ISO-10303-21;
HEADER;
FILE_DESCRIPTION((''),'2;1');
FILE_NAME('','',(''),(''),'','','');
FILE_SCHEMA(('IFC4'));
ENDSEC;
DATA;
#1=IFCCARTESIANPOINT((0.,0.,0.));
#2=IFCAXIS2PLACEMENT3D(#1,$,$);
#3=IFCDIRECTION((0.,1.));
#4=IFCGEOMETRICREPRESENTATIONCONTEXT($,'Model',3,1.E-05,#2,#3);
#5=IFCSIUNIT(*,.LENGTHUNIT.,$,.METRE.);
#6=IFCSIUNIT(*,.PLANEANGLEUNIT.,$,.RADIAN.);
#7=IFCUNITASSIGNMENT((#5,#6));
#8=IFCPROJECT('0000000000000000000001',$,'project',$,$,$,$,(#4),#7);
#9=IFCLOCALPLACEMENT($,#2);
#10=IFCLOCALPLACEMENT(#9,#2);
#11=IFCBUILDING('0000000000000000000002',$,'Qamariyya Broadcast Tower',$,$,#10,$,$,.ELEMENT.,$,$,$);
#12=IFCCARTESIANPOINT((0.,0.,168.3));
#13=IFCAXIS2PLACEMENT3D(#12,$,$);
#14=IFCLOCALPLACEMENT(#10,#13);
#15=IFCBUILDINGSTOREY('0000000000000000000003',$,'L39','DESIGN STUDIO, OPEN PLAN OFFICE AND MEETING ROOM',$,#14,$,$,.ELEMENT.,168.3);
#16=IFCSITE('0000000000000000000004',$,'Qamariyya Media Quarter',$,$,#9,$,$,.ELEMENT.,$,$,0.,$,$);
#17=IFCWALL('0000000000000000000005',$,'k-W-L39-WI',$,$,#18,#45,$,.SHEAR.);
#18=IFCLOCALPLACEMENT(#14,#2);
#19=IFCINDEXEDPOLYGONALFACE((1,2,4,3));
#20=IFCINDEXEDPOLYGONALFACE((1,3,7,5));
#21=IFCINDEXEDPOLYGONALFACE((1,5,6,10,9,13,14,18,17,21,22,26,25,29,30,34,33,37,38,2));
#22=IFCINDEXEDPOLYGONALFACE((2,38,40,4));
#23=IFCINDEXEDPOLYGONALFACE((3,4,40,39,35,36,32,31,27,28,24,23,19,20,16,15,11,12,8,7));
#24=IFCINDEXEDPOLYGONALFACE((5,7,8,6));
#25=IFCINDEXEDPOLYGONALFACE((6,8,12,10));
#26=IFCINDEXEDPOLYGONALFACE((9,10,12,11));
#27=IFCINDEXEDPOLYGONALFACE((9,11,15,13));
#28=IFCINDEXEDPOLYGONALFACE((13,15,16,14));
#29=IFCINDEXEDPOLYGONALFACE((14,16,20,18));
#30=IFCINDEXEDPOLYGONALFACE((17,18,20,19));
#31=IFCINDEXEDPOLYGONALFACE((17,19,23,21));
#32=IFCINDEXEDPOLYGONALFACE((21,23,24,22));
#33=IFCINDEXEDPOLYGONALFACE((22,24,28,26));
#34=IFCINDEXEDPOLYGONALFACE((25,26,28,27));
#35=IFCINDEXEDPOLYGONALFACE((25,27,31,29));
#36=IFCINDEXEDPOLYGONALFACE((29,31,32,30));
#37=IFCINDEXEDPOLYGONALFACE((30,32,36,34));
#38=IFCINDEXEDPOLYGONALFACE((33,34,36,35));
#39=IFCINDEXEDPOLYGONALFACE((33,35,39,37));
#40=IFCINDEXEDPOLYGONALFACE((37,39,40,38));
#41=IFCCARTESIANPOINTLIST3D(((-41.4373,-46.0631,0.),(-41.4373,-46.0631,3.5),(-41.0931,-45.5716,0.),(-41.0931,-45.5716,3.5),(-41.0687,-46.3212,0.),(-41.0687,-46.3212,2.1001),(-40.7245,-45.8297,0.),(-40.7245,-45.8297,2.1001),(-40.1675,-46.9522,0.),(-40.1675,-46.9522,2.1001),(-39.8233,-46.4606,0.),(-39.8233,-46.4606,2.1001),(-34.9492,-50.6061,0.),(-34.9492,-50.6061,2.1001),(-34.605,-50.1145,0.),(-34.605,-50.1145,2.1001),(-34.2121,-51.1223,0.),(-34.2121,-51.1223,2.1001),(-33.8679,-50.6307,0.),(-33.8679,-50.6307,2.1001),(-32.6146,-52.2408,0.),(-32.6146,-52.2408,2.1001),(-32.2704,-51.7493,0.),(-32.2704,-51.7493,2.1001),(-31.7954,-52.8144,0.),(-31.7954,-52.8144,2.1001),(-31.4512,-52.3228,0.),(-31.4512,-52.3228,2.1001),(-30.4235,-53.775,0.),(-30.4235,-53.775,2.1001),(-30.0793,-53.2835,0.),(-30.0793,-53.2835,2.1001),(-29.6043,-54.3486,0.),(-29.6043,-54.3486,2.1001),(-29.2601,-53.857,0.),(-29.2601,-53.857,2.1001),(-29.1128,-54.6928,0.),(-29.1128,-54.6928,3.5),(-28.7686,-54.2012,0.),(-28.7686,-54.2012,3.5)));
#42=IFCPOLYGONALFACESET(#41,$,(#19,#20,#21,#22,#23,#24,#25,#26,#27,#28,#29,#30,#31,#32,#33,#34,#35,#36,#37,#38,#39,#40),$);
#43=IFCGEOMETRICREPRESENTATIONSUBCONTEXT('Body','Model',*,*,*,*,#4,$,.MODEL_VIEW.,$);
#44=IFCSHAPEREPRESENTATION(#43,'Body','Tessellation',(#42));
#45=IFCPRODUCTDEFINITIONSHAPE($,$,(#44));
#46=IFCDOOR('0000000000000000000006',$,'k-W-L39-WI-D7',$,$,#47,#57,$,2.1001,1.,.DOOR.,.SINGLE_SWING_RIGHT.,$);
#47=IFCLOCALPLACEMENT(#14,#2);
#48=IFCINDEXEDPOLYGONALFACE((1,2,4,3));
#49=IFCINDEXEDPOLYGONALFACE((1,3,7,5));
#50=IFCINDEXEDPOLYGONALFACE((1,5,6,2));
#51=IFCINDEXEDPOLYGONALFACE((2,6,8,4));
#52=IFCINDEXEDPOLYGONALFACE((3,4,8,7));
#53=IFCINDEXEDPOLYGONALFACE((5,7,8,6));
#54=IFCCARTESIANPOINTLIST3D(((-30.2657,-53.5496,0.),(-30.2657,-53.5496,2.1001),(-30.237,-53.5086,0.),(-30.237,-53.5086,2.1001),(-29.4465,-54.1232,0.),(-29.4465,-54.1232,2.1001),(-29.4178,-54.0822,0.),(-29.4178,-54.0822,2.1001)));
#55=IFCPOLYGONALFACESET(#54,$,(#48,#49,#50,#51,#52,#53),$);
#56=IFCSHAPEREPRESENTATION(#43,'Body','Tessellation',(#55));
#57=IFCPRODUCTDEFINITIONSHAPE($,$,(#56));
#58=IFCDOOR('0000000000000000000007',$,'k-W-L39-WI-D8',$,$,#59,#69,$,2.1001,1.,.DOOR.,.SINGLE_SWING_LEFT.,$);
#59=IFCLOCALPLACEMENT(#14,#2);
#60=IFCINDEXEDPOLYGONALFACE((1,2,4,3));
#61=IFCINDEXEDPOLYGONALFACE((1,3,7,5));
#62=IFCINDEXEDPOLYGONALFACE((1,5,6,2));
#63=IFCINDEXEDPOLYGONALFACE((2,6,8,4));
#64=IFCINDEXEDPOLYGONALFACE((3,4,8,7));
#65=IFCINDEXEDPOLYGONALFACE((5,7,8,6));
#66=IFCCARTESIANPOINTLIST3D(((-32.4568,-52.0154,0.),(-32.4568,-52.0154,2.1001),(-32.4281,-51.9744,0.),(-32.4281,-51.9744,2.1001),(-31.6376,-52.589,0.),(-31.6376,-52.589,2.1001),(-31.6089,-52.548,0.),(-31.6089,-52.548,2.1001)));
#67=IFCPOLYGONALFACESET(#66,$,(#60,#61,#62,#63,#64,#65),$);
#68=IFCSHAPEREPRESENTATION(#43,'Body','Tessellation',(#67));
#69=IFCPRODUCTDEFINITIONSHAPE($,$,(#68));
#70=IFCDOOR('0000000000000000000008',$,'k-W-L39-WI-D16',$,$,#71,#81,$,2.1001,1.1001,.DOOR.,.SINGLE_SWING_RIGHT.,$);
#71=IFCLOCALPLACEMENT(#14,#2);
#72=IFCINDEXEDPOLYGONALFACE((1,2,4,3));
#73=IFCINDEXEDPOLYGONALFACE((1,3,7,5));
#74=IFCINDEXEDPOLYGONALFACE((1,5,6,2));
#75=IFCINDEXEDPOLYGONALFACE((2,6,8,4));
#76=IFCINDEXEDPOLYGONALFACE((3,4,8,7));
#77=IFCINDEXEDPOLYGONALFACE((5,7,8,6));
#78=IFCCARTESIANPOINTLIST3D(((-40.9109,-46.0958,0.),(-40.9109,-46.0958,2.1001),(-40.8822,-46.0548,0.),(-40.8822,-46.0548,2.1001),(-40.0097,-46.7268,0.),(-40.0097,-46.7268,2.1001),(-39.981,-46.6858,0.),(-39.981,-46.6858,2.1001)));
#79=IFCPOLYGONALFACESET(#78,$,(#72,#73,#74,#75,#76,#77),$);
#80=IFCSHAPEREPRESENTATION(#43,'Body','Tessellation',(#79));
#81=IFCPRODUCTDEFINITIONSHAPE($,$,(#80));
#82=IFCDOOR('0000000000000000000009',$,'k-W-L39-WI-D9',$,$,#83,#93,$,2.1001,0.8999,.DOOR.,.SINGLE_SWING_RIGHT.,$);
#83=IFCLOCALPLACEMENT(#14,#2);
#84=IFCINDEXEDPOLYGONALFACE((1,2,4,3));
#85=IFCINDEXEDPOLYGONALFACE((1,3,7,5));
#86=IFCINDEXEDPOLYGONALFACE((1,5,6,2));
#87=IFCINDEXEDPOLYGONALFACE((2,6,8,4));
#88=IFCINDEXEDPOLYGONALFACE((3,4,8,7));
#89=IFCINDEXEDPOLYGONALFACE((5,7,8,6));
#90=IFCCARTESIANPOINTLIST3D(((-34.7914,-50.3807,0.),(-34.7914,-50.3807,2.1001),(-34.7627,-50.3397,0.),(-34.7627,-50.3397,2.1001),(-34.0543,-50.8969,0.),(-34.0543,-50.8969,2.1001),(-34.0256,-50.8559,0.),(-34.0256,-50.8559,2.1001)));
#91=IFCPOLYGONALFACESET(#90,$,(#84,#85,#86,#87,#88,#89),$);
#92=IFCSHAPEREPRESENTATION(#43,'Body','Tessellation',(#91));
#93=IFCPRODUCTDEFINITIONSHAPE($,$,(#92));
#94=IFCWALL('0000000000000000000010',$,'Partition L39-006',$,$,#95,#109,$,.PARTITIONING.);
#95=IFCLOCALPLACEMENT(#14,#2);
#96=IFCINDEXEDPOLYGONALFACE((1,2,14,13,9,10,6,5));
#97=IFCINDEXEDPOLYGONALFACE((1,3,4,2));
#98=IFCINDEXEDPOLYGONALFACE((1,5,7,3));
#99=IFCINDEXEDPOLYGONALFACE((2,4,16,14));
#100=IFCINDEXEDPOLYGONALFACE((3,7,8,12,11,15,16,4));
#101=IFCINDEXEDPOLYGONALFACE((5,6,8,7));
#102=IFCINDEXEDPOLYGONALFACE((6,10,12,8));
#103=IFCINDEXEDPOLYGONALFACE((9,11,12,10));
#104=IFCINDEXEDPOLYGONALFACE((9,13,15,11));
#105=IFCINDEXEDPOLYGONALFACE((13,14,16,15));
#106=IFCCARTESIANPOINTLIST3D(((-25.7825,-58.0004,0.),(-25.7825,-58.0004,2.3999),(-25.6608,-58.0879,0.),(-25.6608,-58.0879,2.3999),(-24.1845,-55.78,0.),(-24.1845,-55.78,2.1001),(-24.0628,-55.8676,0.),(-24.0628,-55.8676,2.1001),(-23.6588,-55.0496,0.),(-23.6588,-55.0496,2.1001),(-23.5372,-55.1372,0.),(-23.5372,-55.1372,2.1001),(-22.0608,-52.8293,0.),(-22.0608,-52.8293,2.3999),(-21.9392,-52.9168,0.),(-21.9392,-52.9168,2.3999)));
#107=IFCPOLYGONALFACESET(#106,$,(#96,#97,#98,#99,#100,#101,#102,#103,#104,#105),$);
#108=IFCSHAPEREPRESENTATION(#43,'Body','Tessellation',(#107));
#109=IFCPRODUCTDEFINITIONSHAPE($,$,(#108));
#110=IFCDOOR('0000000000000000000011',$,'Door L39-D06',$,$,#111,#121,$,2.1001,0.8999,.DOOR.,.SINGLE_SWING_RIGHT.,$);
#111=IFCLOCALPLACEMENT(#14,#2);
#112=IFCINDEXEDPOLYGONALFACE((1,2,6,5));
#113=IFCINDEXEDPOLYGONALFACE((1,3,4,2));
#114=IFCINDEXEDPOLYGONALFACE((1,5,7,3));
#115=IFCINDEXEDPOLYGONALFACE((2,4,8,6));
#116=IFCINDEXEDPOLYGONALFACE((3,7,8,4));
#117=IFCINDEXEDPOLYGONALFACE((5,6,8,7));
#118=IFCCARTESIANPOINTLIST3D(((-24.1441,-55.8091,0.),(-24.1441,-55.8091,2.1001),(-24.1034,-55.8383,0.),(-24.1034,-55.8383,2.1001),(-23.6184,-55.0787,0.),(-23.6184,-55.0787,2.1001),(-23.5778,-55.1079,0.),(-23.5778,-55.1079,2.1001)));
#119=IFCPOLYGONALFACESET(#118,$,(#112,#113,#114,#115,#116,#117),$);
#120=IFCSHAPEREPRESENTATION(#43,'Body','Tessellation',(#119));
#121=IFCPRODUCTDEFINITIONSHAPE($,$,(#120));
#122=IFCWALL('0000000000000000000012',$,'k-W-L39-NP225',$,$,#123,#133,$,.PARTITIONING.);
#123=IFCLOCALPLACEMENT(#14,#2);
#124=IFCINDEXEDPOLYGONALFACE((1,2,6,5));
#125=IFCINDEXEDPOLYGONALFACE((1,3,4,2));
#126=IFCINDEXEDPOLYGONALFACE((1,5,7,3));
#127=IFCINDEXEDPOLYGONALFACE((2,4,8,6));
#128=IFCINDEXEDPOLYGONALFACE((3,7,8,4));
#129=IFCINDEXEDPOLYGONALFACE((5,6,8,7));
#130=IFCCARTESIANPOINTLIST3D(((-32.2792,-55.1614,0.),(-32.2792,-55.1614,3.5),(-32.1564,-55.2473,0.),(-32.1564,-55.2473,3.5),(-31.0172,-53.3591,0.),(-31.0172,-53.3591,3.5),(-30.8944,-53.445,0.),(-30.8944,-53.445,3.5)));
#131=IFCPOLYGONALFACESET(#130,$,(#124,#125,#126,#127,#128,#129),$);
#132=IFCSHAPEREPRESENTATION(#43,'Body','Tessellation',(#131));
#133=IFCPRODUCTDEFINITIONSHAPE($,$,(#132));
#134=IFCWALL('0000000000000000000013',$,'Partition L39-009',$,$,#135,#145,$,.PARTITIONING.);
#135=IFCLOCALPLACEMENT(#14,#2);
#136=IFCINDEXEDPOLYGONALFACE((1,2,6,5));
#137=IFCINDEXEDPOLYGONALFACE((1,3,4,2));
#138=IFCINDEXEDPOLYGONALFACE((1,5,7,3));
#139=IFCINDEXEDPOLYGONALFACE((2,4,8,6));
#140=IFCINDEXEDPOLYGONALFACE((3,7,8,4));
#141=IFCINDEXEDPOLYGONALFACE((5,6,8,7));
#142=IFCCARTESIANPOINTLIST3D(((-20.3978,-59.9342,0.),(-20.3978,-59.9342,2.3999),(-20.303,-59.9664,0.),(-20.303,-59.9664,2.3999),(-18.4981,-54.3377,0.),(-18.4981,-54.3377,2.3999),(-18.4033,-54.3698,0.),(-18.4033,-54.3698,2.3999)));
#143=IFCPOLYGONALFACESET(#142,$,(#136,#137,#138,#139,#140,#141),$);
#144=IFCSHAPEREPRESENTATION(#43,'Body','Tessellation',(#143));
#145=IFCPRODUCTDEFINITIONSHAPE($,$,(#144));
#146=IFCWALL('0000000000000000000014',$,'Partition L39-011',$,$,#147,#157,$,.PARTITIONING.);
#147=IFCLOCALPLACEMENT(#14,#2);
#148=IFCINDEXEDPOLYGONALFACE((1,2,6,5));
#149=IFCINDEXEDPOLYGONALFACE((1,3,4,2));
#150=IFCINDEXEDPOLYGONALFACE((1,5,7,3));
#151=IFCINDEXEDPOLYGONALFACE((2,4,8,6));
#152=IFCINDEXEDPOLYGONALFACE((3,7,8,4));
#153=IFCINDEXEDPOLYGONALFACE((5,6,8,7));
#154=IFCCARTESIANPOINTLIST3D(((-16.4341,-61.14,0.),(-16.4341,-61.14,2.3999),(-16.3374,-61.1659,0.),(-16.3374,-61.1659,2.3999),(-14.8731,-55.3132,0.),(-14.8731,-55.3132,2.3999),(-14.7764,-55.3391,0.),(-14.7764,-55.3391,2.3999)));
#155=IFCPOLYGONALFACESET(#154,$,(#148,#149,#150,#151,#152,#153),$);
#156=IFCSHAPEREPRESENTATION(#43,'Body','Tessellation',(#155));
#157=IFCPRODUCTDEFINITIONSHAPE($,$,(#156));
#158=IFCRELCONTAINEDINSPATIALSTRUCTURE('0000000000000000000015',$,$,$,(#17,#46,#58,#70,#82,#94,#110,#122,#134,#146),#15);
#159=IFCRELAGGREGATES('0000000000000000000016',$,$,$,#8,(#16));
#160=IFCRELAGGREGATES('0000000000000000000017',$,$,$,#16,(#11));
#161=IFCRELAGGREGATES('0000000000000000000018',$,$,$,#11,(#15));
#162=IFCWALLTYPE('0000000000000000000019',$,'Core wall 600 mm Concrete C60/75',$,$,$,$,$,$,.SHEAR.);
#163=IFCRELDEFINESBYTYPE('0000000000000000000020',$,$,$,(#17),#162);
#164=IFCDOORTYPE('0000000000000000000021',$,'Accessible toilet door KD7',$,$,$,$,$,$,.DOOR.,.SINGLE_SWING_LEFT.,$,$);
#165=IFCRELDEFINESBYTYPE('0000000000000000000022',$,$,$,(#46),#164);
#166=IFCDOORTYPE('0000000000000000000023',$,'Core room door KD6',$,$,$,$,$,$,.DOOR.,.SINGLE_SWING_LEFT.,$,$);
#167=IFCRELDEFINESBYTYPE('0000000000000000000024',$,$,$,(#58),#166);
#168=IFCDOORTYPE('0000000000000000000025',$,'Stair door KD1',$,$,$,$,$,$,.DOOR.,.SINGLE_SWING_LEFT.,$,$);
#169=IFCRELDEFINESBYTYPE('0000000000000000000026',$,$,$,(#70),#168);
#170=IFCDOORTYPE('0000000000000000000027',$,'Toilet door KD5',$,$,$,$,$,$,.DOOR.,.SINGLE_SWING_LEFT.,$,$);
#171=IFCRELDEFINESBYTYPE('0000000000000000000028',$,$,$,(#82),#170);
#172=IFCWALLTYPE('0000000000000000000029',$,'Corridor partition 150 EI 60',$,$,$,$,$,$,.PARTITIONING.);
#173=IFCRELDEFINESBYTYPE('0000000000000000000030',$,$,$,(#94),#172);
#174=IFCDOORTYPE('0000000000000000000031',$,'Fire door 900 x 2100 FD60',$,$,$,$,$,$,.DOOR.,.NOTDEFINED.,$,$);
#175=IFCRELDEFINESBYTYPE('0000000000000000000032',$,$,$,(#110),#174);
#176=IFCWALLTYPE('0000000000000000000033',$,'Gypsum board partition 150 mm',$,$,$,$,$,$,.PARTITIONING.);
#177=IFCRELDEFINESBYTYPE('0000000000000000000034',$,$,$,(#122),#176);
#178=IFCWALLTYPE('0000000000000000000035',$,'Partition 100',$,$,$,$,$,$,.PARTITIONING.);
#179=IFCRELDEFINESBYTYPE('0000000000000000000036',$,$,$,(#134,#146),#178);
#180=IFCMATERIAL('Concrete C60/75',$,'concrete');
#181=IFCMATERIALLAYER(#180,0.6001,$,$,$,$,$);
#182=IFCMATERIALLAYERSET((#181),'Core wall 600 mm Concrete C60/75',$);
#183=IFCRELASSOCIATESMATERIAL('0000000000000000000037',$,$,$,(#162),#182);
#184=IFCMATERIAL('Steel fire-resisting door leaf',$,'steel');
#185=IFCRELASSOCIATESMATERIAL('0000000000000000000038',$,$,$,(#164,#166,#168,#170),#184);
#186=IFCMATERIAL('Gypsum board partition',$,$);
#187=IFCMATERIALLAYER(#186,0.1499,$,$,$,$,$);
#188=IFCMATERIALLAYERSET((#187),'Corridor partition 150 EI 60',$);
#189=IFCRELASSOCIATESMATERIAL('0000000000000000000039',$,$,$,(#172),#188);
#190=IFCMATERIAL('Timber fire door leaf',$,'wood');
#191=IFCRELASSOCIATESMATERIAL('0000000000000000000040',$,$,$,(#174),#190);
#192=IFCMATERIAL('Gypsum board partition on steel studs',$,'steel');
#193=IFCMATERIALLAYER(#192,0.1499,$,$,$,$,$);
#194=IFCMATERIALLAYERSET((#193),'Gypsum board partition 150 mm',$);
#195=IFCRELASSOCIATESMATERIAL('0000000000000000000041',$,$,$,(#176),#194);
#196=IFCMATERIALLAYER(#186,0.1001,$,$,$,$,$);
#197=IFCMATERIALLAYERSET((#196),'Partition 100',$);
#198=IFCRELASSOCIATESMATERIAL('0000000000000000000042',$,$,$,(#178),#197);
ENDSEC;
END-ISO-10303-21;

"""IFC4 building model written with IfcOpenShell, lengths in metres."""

from ifc_helpers import new_model, si_unit, direction, frame, frame_2d, origin, place, context, subcontext, project, spatial, rectangle, extrude, material, layer, layer_set, type_object, element, fill, save


model = new_model("IFC4")

# Units and contexts
model_context = context("Model", 3, precision=1e-05, world=origin(), true_north=direction((0.0, 1.0)))
body_context = subcontext(model_context, "Body", "Model", "MODEL_VIEW")
ifc_project = project(units=[si_unit("LENGTHUNIT", "METRE"), si_unit("PLANEANGLEUNIT", "RADIAN")], contexts=[model_context])

# Site, building, storey
site_placement = place(None, origin())
site = spatial("IfcSite", under=ifc_project, at=site_placement, Name="Qamariyya Media Quarter", CompositionType="ELEMENT", RefElevation=0.0)
building_placement = place(site_placement, origin())
building = spatial("IfcBuilding", under=site, at=building_placement, Name="Qamariyya Broadcast Tower", CompositionType="ELEMENT")
storey_placement = place(building_placement, frame((0.0, 0.0, 168.3)))
storey = spatial("IfcBuildingStorey", under=building, at=storey_placement, Name="L39", Description="DESIGN STUDIO, OPEN PLAN OFFICE AND MEETING ROOM", CompositionType="ELEMENT", Elevation=168.3)

# Shared definitions
ifc_material_1 = material(Name="Concrete C60/75", Category="concrete")

# Wall, openings, doors
ifc_layer_1 = layer(ifc_material_1, 0.6001)
ifc_layer_set_1 = layer_set([ifc_layer_1], Name="Core wall 600 mm Concrete C60/75")
wall_type_1 = type_object("IfcWallType", Name="Core wall 600 mm Concrete C60/75", PredefinedType="SHEAR", material=ifc_layer_set_1)
wall_1_placement = place(storey_placement, frame((-28.9407, -54.447, 0.0), z_axis=(0.0, 0.0, 1.0), x_axis=(-0.819153, 0.573575, 0.0)))
wall_1 = element("IfcWall", 1, at=wall_1_placement, inside=storey, type_object=wall_type_1, Name="k-W-L39-WI", PredefinedType="SHEAR", context=body_context, shape_type="SweptSolid", body=[
    extrude(rectangle(XDim=15.0454, YDim=0.6001, at=frame_2d((7.5227, 0.0))), origin(), (0.0, 0.0, 1.0), 3.5),
])
opening_1_placement = place(wall_1_placement, frame((0.6001, 0.0, 0.0)))
opening_1 = element("IfcOpeningElement", 2, at=opening_1_placement, cuts=wall_1, PredefinedType="OPENING", context=body_context, shape_type="SweptSolid", body=[
    extrude(rectangle(XDim=1.0, YDim=2.1001, at=frame_2d((0.5, 1.05))), frame((0.0, 0.3101, 0.0), z_axis=(0.0, -1.0, 0.0), x_axis=(1.0, 0.0, 0.0)), (0.0, 0.0, 1.0), 0.6201),
])
opening_2_placement = place(wall_1_placement, frame((3.2749, 0.0, 0.0)))
opening_2 = element("IfcOpeningElement", 3, at=opening_2_placement, cuts=wall_1, PredefinedType="OPENING", context=body_context, shape_type="SweptSolid", body=[
    extrude(rectangle(XDim=1.0, YDim=2.1001, at=frame_2d((0.5, 1.05))), frame((0.0, 0.3101, 0.0), z_axis=(0.0, -1.0, 0.0), x_axis=(1.0, 0.0, 0.0)), (0.0, 0.0, 1.0), 0.6201),
])
opening_3_placement = place(wall_1_placement, frame((6.2251, 0.0, 0.0)))
opening_3 = element("IfcOpeningElement", 4, at=opening_3_placement, cuts=wall_1, PredefinedType="OPENING", context=body_context, shape_type="SweptSolid", body=[
    extrude(rectangle(XDim=0.8999, YDim=2.1001, at=frame_2d((0.45, 1.05))), frame((0.0, 0.3101, 0.0), z_axis=(0.0, -1.0, 0.0), x_axis=(1.0, 0.0, 0.0)), (0.0, 0.0, 1.0), 0.6201),
])
opening_4_placement = place(wall_1_placement, frame((13.4954, 0.0, 0.0)))
opening_4 = element("IfcOpeningElement", 5, at=opening_4_placement, cuts=wall_1, PredefinedType="OPENING", context=body_context, shape_type="SweptSolid", body=[
    extrude(rectangle(XDim=1.1001, YDim=2.1001, at=frame_2d((0.55, 1.05))), frame((0.0, 0.3101, 0.0), z_axis=(0.0, -1.0, 0.0), x_axis=(1.0, 0.0, 0.0)), (0.0, 0.0, 1.0), 0.6201),
])
ifc_material_2 = material(Name="Steel fire-resisting door leaf", Category="steel")
door_type_1 = type_object("IfcDoorType", Name="Accessible toilet door KD7", OperationType="SINGLE_SWING_LEFT", PredefinedType="DOOR", material=ifc_material_2)
door_1_placement = place(opening_1_placement, origin())
door_1 = element("IfcDoor", 6, at=door_1_placement, inside=storey, type_object=door_type_1, Name="k-W-L39-WI-D7", OperationType="SINGLE_SWING_RIGHT", OverallHeight=2.1001, OverallWidth=1.0, PredefinedType="DOOR", context=body_context, shape_type="SweptSolid", body=[
    extrude(rectangle(XDim=1.0, YDim=2.1001, at=frame_2d((0.5, 1.05))), frame((0.0, 0.0249, 0.0), z_axis=(0.0, -1.0, 0.0), x_axis=(1.0, 0.0, 0.0)), (0.0, 0.0, 1.0), 0.05),
])
fill(opening_1, door_1)
door_type_2 = type_object("IfcDoorType", Name="Core room door KD6", OperationType="SINGLE_SWING_LEFT", PredefinedType="DOOR", material=ifc_material_2)
door_2_placement = place(opening_2_placement, origin())
door_2 = element("IfcDoor", 7, at=door_2_placement, inside=storey, type_object=door_type_2, Name="k-W-L39-WI-D8", OperationType="SINGLE_SWING_LEFT", OverallHeight=2.1001, OverallWidth=1.0, PredefinedType="DOOR", context=body_context, shape_type="SweptSolid", body=[
    extrude(rectangle(XDim=1.0, YDim=2.1001, at=frame_2d((0.5, 1.05))), frame((0.0, 0.0249, 0.0), z_axis=(0.0, -1.0, 0.0), x_axis=(1.0, 0.0, 0.0)), (0.0, 0.0, 1.0), 0.05),
])
fill(opening_2, door_2)
door_type_3 = type_object("IfcDoorType", Name="Stair door KD1", OperationType="SINGLE_SWING_LEFT", PredefinedType="DOOR", material=ifc_material_2)
door_3_placement = place(opening_4_placement, origin())
door_3 = element("IfcDoor", 8, at=door_3_placement, inside=storey, type_object=door_type_3, Name="k-W-L39-WI-D16", OperationType="SINGLE_SWING_RIGHT", OverallHeight=2.1001, OverallWidth=1.1001, PredefinedType="DOOR", context=body_context, shape_type="SweptSolid", body=[
    extrude(rectangle(XDim=1.1001, YDim=2.1001, at=frame_2d((0.55, 1.05))), frame((0.0, 0.0249, 0.0), z_axis=(0.0, -1.0, 0.0), x_axis=(1.0, 0.0, 0.0)), (0.0, 0.0, 1.0), 0.05),
])
fill(opening_4, door_3)
door_type_4 = type_object("IfcDoorType", Name="Toilet door KD5", OperationType="SINGLE_SWING_LEFT", PredefinedType="DOOR", material=ifc_material_2)
door_4_placement = place(opening_3_placement, origin())
door_4 = element("IfcDoor", 9, at=door_4_placement, inside=storey, type_object=door_type_4, Name="k-W-L39-WI-D9", OperationType="SINGLE_SWING_RIGHT", OverallHeight=2.1001, OverallWidth=0.8999, PredefinedType="DOOR", context=body_context, shape_type="SweptSolid", body=[
    extrude(rectangle(XDim=0.8999, YDim=2.1001, at=frame_2d((0.45, 1.05))), frame((0.0, 0.0249, 0.0), z_axis=(0.0, -1.0, 0.0), x_axis=(1.0, 0.0, 0.0)), (0.0, 0.0, 1.0), 0.05),
])
fill(opening_3, door_4)

# Wall, opening, door
ifc_material_3 = material(Name="Gypsum board partition")
ifc_layer_2 = layer(ifc_material_3, 0.1499)
ifc_layer_set_2 = layer_set([ifc_layer_2], Name="Corridor partition 150 EI 60")
wall_type_2 = type_object("IfcWallType", Name="Corridor partition 150 EI 60", PredefinedType="PARTITIONING", material=ifc_layer_set_2)
wall_2_placement = place(storey_placement, frame((-22.0, -52.873, 0.0), z_axis=(0.0, 0.0, 1.0), x_axis=(-0.584145, -0.811649, 0.0)))
wall_2 = element("IfcWall", 10, at=wall_2_placement, inside=storey, type_object=wall_type_2, Name="Partition L39-006", PredefinedType="PARTITIONING", context=body_context, shape_type="SweptSolid", body=[
    extrude(rectangle(XDim=6.3711, YDim=0.1499, at=frame_2d((3.1855, 0.0))), origin(), (0.0, 0.0, 1.0), 2.3999),
])
opening_5_placement = place(wall_2_placement, frame((2.7356, 0.0, 0.0)))
opening_5 = element("IfcOpeningElement", 11, at=opening_5_placement, cuts=wall_2, PredefinedType="OPENING", context=body_context, shape_type="SweptSolid", body=[
    extrude(rectangle(XDim=0.8999, YDim=2.1001, at=frame_2d((0.45, 1.05))), frame((0.0, 0.085, 0.0), z_axis=(0.0, -1.0, 0.0), x_axis=(1.0, 0.0, 0.0)), (0.0, 0.0, 1.0), 0.1699),
])
ifc_material_4 = material(Name="Timber fire door leaf", Category="wood")
door_type_5 = type_object("IfcDoorType", Name="Fire door 900 x 2100 FD60", OperationType="NOTDEFINED", PredefinedType="DOOR", material=ifc_material_4)
door_5_placement = place(opening_5_placement, origin())
door_5 = element("IfcDoor", 12, at=door_5_placement, inside=storey, type_object=door_type_5, Name="Door L39-D06", OperationType="SINGLE_SWING_RIGHT", OverallHeight=2.1001, OverallWidth=0.8999, PredefinedType="DOOR", context=body_context, shape_type="SweptSolid", body=[
    extrude(rectangle(XDim=0.8999, YDim=2.1001, at=frame_2d((0.45, 1.05))), frame((0.0, 0.0249, 0.0), z_axis=(0.0, -1.0, 0.0), x_axis=(1.0, 0.0, 0.0)), (0.0, 0.0, 1.0), 0.05),
])
fill(opening_5, door_5)

# Walls
ifc_material_5 = material(Name="Gypsum board partition on steel studs", Category="steel")
ifc_layer_3 = layer(ifc_material_5, 0.1499)
ifc_layer_set_3 = layer_set([ifc_layer_3], Name="Gypsum board partition 150 mm")
wall_type_3 = type_object("IfcWallType", Name="Gypsum board partition 150 mm", PredefinedType="PARTITIONING", material=ifc_layer_set_3)
wall_3_placement = place(storey_placement, frame((-32.2178, -55.2043, 0.0), z_axis=(0.0, 0.0, 1.0), x_axis=(0.573581, 0.819149, 0.0)))
element("IfcWall", 13, at=wall_3_placement, inside=storey, type_object=wall_type_3, Name="k-W-L39-NP225", PredefinedType="PARTITIONING", context=body_context, shape_type="SweptSolid", body=[
    extrude(rectangle(XDim=2.2002, YDim=0.1499, at=frame_2d((1.1001, 0.0))), origin(), (0.0, 0.0, 1.0), 3.5),
])
ifc_layer_4 = layer(ifc_material_3, 0.1001)
ifc_layer_set_4 = layer_set([ifc_layer_4], Name="Partition 100")
wall_type_4 = type_object("IfcWallType", Name="Partition 100", PredefinedType="PARTITIONING", material=ifc_layer_set_4)
wall_4_placement = place(storey_placement, frame((-18.4507, -54.3538, 0.0), z_axis=(0.0, 0.0, 1.0), x_axis=(-0.321428, -0.946934, 0.0)))
element("IfcWall", 14, at=wall_4_placement, inside=storey, type_object=wall_type_4, Name="Partition L39-009", PredefinedType="PARTITIONING", context=body_context, shape_type="SweptSolid", body=[
    extrude(rectangle(XDim=5.9102, YDim=0.1001, at=frame_2d((2.9551, 0.0))), origin(), (0.0, 0.0, 1.0), 2.3999),
])
wall_5_placement = place(storey_placement, frame((-14.8247, -55.3262, 0.0), z_axis=(0.0, 0.0, 1.0), x_axis=(-0.258786, -0.965935, 0.0)))
element("IfcWall", 15, at=wall_5_placement, inside=storey, type_object=wall_type_4, Name="Partition L39-011", PredefinedType="PARTITIONING", context=body_context, shape_type="SweptSolid", body=[
    extrude(rectangle(XDim=6.0322, YDim=0.1001, at=frame_2d((3.0161, 0.0))), origin(), (0.0, 0.0, 1.0), 2.3999),
])

save(model, "model.ifc")
